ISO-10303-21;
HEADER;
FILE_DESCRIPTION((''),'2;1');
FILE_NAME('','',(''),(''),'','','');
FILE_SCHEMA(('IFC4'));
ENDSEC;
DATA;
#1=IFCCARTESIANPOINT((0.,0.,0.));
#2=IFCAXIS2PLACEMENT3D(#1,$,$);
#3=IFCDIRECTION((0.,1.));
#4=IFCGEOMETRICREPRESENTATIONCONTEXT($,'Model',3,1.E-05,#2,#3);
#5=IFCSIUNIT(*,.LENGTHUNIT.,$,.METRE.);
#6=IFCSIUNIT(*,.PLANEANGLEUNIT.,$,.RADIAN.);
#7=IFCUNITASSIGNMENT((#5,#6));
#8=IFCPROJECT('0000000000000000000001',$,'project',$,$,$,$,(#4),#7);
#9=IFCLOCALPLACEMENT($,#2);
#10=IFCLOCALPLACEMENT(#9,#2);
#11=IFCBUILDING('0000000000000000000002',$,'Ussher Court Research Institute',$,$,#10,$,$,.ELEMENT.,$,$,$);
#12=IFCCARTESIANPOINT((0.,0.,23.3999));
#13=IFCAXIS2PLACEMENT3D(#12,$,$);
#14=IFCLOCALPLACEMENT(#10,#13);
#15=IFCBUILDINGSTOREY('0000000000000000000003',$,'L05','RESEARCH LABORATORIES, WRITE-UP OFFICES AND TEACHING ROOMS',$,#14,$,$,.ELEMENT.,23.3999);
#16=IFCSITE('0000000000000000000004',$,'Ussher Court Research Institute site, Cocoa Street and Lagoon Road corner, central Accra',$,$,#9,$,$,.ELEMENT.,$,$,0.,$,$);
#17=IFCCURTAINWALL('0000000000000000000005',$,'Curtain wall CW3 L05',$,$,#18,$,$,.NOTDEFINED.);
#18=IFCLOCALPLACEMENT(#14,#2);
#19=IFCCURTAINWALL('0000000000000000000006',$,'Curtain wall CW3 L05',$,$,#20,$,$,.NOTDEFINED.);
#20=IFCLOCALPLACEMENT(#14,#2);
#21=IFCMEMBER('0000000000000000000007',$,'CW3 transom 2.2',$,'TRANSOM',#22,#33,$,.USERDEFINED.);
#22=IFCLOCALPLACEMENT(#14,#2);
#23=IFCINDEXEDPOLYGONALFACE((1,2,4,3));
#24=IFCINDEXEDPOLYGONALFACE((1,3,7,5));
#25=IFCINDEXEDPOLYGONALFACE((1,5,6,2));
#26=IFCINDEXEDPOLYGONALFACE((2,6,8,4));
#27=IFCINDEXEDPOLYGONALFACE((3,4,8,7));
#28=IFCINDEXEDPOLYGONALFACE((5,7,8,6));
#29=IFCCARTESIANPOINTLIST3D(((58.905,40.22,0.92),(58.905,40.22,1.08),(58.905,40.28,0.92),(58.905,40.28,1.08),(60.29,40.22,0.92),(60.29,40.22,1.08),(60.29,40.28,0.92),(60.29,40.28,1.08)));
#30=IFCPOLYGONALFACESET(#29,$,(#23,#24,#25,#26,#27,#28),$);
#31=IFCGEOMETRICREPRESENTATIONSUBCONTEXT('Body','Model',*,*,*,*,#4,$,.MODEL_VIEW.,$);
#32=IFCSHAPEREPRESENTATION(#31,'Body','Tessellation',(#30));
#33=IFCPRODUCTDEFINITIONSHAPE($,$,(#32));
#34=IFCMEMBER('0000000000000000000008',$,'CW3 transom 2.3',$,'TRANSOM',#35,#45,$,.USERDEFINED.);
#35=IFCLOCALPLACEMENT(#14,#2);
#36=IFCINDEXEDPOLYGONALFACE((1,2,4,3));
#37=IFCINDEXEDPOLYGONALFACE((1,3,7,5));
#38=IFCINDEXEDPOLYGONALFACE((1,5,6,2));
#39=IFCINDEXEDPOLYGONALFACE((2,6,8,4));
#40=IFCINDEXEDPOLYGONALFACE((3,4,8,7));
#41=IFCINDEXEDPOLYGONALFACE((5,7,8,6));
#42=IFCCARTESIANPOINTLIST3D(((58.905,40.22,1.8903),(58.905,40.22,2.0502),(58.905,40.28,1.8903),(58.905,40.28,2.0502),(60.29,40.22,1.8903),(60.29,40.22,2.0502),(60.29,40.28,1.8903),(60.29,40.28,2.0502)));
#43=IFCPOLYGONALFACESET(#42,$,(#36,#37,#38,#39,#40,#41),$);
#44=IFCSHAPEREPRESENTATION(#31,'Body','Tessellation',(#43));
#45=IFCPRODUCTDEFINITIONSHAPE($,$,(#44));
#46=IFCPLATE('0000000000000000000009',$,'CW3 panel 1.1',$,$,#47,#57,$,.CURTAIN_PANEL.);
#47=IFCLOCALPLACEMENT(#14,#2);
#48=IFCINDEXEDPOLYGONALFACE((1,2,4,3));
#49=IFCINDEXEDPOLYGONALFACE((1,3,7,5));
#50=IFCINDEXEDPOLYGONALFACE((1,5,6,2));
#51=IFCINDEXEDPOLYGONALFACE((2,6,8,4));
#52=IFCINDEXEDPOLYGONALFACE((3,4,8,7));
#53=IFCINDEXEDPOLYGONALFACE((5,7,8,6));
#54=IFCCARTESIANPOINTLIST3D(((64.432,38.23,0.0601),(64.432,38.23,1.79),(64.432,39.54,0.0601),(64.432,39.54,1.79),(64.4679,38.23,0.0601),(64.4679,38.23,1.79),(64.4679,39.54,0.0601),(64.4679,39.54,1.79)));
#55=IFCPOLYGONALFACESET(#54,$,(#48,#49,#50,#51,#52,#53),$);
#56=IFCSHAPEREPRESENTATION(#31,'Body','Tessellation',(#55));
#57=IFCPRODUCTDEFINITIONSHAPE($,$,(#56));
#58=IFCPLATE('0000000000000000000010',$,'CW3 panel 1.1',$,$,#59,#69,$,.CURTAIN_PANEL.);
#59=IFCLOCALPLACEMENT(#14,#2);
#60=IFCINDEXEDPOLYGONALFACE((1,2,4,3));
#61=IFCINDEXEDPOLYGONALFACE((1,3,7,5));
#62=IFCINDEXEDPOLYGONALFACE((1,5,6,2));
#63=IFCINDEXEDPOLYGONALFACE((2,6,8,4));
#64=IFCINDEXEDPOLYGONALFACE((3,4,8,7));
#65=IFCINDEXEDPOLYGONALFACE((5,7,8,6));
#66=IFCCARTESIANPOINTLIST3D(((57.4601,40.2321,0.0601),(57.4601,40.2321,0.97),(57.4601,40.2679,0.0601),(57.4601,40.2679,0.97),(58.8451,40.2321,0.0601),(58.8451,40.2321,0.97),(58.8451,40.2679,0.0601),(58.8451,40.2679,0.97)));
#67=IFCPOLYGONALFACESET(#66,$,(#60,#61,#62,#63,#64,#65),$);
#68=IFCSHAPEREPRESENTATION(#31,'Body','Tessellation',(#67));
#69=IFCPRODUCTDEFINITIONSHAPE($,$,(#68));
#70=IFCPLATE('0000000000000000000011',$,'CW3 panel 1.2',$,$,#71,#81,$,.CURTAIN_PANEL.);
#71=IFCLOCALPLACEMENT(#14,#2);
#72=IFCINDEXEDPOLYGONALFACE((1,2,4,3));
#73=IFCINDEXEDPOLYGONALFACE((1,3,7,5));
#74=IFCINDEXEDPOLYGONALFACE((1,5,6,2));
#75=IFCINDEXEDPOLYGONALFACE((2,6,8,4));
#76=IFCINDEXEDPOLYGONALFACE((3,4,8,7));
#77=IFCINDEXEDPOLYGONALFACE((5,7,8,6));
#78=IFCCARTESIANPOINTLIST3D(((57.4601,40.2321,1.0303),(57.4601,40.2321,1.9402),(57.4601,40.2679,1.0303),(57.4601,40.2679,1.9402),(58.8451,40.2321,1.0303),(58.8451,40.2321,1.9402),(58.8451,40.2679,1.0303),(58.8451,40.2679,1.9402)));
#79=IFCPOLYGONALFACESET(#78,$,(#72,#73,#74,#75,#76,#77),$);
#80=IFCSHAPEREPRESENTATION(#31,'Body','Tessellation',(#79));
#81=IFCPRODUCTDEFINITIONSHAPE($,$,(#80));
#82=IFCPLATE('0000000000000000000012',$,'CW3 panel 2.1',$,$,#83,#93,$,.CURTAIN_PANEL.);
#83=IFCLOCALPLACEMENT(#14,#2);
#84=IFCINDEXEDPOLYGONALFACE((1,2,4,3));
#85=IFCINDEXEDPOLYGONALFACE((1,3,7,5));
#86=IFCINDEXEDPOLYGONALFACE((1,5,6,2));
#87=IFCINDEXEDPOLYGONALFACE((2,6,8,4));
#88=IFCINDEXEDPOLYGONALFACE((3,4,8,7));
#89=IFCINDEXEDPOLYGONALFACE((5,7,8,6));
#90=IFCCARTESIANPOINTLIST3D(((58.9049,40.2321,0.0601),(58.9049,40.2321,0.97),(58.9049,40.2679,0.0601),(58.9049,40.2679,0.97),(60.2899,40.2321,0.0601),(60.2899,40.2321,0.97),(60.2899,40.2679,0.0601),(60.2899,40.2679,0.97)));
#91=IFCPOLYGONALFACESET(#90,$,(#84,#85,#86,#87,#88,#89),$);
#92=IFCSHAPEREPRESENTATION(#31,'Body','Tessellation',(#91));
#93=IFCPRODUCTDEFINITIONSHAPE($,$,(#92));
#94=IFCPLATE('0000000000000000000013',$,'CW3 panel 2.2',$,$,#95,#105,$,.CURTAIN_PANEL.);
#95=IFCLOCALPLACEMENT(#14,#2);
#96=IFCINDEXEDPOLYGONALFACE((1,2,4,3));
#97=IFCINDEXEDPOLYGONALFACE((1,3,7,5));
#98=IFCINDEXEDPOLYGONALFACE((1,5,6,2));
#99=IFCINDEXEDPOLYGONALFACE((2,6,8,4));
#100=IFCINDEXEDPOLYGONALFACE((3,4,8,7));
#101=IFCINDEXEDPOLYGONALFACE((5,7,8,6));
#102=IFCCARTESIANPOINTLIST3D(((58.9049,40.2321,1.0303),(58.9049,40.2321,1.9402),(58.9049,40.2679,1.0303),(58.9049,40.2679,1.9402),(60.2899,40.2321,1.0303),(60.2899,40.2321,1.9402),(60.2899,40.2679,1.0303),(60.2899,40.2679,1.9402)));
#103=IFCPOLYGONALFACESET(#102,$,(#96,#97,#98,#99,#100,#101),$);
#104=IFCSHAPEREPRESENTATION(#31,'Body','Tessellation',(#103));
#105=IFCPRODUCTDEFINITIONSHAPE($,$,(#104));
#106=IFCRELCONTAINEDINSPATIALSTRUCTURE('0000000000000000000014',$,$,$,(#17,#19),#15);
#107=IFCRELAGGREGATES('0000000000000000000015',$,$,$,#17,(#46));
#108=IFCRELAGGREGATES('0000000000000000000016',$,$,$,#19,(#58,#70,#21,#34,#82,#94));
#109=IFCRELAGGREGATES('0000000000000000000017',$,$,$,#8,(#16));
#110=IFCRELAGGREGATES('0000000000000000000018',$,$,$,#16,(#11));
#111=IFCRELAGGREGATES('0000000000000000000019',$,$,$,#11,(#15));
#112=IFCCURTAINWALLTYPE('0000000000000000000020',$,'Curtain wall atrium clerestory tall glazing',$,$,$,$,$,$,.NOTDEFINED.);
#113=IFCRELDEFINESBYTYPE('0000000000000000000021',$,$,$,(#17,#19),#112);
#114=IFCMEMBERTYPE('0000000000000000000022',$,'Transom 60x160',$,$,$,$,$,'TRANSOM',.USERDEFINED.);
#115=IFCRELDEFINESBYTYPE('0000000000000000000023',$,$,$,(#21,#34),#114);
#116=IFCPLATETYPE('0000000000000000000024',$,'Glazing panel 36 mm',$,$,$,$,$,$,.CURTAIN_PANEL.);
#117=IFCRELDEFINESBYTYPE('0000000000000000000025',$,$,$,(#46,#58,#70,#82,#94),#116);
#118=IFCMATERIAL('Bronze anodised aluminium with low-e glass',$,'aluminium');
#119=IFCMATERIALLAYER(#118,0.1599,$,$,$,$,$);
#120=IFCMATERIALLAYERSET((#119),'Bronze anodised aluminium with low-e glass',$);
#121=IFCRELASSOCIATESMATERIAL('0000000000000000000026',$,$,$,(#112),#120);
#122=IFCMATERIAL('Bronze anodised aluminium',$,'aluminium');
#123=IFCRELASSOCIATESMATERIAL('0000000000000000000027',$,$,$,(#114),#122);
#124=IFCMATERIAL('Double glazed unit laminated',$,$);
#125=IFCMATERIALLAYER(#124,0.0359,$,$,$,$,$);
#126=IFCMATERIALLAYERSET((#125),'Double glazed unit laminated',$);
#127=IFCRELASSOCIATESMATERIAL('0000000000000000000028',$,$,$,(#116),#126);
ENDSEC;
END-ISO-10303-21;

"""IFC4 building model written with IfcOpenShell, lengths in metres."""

from ifc_helpers import new_model, si_unit, direction, frame, origin, origin_2d, place, context, subcontext, project, spatial, rectangle, extrude, material, layer, layer_set, material_profile, profile_set, type_object, element, aggregate, save


model = new_model("IFC4")

# Units and contexts
model_context = context("Model", 3, precision=1e-05, world=origin(), true_north=direction((0.0, 1.0)))
body_context = subcontext(model_context, "Body", "Model", "MODEL_VIEW")
ifc_project = project(units=[si_unit("LENGTHUNIT", "METRE"), si_unit("PLANEANGLEUNIT", "RADIAN")], contexts=[model_context])

# Site, building, storey
site_placement = place(None, origin())
site = spatial("IfcSite", under=ifc_project, at=site_placement, Name="Ussher Court Research Institute site, Cocoa Street and Lagoon Road corner, central Accra", CompositionType="ELEMENT", RefElevation=0.0)
building_placement = place(site_placement, origin())
building = spatial("IfcBuilding", under=site, at=building_placement, Name="Ussher Court Research Institute", CompositionType="ELEMENT")
storey_placement = place(building_placement, frame((0.0, 0.0, 23.3999)))
storey = spatial("IfcBuildingStorey", under=building, at=storey_placement, Name="L05", Description="RESEARCH LABORATORIES, WRITE-UP OFFICES AND TEACHING ROOMS", CompositionType="ELEMENT", Elevation=23.3999)

# Curtain walls
ifc_material_1 = material(Name="Bronze anodised aluminium with low-e glass", Category="aluminium")
ifc_layer_1 = layer(ifc_material_1, 0.1599)
ifc_layer_set_1 = layer_set([ifc_layer_1], Name="Bronze anodised aluminium with low-e glass")
curtain_wall_type = type_object("IfcCurtainWallType", Name="Curtain wall atrium clerestory tall glazing", PredefinedType="NOTDEFINED", material=ifc_layer_set_1)
curtain_wall_1_placement = place(storey_placement, origin())
curtain_wall_1 = element("IfcCurtainWall", 1, at=curtain_wall_1_placement, inside=storey, type_object=curtain_wall_type, Name="Curtain wall CW3 L05", PredefinedType="NOTDEFINED")
curtain_wall_2_placement = place(storey_placement, origin())
curtain_wall_2 = element("IfcCurtainWall", 2, at=curtain_wall_2_placement, inside=storey, type_object=curtain_wall_type, Name="Curtain wall CW3 L05", PredefinedType="NOTDEFINED")

# Members
ifc_material_2 = material(Name="Bronze anodised aluminium", Category="aluminium")
ifc_material_profile_1 = material_profile(ifc_material_2, rectangle(XDim=0.0601, YDim=0.1599, at=origin_2d()), Name="Transom 60x160")
ifc_profile_set_1 = profile_set([ifc_material_profile_1], Name="Bronze anodised aluminium")
member_type_1 = type_object("IfcMemberType", Name="Transom 60x160", ElementType="TRANSOM", PredefinedType="USERDEFINED", material=ifc_profile_set_1)
member_1_placement = place(storey_placement, frame((58.905, 40.25, 1.0), z_axis=(1.0, 0.0, 0.0), x_axis=(0.0, 1.0, 0.0)))
member_1 = element("IfcMember", 3, at=member_1_placement, type_object=member_type_1, Name="CW3 transom 2.2", ObjectType="TRANSOM", PredefinedType="USERDEFINED", context=body_context, shape_type="SweptSolid", body=[
    extrude(rectangle(XDim=0.0601, YDim=0.1599, at=origin_2d()), origin(), (0.0, 0.0, 1.0), 1.385),
])
member_2_placement = place(storey_placement, frame((58.905, 40.25, 1.9702), z_axis=(1.0, 0.0, 0.0), x_axis=(0.0, 1.0, 0.0)))
member_2 = element("IfcMember", 4, at=member_2_placement, type_object=member_type_1, Name="CW3 transom 2.3", ObjectType="TRANSOM", PredefinedType="USERDEFINED", context=body_context, shape_type="SweptSolid", body=[
    extrude(rectangle(XDim=0.0601, YDim=0.1599, at=origin_2d()), origin(), (0.0, 0.0, 1.0), 1.385),
])

# Plates
ifc_material_3 = material(Name="Double glazed unit laminated")
ifc_layer_2 = layer(ifc_material_3, 0.0359)
ifc_layer_set_2 = layer_set([ifc_layer_2], Name="Double glazed unit laminated")
plate_type = type_object("IfcPlateType", Name="Glazing panel 36 mm", PredefinedType="CURTAIN_PANEL", material=ifc_layer_set_2)
plate_1_placement = place(storey_placement, frame((64.45, 38.885, 0.0601), z_axis=(0.0, 0.0, 1.0), x_axis=(0.0, -1.0, 0.0)))
plate_1 = element("IfcPlate", 5, at=plate_1_placement, type_object=plate_type, Name="CW3 panel 1.1", PredefinedType="CURTAIN_PANEL", context=body_context, shape_type="SweptSolid", body=[
    extrude(rectangle(XDim=1.3101, YDim=0.0359, at=origin_2d()), origin(), (0.0, 0.0, 1.0), 1.73),
])
aggregate(curtain_wall_1, [plate_1])
plate_2_placement = place(storey_placement, frame((58.1526, 40.25, 0.0601), z_axis=(0.0, 0.0, 1.0), x_axis=(1.0, 0.0, 0.0)))
plate_2 = element("IfcPlate", 6, at=plate_2_placement, type_object=plate_type, Name="CW3 panel 1.1", PredefinedType="CURTAIN_PANEL", context=body_context, shape_type="SweptSolid", body=[
    extrude(rectangle(XDim=1.385, YDim=0.0359, at=origin_2d()), origin(), (0.0, 0.0, 1.0), 0.9099),
])
plate_3_placement = place(storey_placement, frame((58.1526, 40.25, 1.0303), z_axis=(0.0, 0.0, 1.0), x_axis=(1.0, 0.0, 0.0)))
plate_3 = element("IfcPlate", 7, at=plate_3_placement, type_object=plate_type, Name="CW3 panel 1.2", PredefinedType="CURTAIN_PANEL", context=body_context, shape_type="SweptSolid", body=[
    extrude(rectangle(XDim=1.385, YDim=0.0359, at=origin_2d()), origin(), (0.0, 0.0, 1.0), 0.9099),
])
plate_4_placement = place(storey_placement, frame((59.5974, 40.25, 0.0601), z_axis=(0.0, 0.0, 1.0), x_axis=(1.0, 0.0, 0.0)))
plate_4 = element("IfcPlate", 8, at=plate_4_placement, type_object=plate_type, Name="CW3 panel 2.1", PredefinedType="CURTAIN_PANEL", context=body_context, shape_type="SweptSolid", body=[
    extrude(rectangle(XDim=1.385, YDim=0.0359, at=origin_2d()), origin(), (0.0, 0.0, 1.0), 0.9099),
])
plate_5_placement = place(storey_placement, frame((59.5974, 40.25, 1.0303), z_axis=(0.0, 0.0, 1.0), x_axis=(1.0, 0.0, 0.0)))
plate_5 = element("IfcPlate", 9, at=plate_5_placement, type_object=plate_type, Name="CW3 panel 2.2", PredefinedType="CURTAIN_PANEL", context=body_context, shape_type="SweptSolid", body=[
    extrude(rectangle(XDim=1.385, YDim=0.0359, at=origin_2d()), origin(), (0.0, 0.0, 1.0), 0.9099),
])
aggregate(curtain_wall_2, [plate_2, plate_3, member_1, member_2, plate_4, plate_5])

save(model, "model.ifc")
